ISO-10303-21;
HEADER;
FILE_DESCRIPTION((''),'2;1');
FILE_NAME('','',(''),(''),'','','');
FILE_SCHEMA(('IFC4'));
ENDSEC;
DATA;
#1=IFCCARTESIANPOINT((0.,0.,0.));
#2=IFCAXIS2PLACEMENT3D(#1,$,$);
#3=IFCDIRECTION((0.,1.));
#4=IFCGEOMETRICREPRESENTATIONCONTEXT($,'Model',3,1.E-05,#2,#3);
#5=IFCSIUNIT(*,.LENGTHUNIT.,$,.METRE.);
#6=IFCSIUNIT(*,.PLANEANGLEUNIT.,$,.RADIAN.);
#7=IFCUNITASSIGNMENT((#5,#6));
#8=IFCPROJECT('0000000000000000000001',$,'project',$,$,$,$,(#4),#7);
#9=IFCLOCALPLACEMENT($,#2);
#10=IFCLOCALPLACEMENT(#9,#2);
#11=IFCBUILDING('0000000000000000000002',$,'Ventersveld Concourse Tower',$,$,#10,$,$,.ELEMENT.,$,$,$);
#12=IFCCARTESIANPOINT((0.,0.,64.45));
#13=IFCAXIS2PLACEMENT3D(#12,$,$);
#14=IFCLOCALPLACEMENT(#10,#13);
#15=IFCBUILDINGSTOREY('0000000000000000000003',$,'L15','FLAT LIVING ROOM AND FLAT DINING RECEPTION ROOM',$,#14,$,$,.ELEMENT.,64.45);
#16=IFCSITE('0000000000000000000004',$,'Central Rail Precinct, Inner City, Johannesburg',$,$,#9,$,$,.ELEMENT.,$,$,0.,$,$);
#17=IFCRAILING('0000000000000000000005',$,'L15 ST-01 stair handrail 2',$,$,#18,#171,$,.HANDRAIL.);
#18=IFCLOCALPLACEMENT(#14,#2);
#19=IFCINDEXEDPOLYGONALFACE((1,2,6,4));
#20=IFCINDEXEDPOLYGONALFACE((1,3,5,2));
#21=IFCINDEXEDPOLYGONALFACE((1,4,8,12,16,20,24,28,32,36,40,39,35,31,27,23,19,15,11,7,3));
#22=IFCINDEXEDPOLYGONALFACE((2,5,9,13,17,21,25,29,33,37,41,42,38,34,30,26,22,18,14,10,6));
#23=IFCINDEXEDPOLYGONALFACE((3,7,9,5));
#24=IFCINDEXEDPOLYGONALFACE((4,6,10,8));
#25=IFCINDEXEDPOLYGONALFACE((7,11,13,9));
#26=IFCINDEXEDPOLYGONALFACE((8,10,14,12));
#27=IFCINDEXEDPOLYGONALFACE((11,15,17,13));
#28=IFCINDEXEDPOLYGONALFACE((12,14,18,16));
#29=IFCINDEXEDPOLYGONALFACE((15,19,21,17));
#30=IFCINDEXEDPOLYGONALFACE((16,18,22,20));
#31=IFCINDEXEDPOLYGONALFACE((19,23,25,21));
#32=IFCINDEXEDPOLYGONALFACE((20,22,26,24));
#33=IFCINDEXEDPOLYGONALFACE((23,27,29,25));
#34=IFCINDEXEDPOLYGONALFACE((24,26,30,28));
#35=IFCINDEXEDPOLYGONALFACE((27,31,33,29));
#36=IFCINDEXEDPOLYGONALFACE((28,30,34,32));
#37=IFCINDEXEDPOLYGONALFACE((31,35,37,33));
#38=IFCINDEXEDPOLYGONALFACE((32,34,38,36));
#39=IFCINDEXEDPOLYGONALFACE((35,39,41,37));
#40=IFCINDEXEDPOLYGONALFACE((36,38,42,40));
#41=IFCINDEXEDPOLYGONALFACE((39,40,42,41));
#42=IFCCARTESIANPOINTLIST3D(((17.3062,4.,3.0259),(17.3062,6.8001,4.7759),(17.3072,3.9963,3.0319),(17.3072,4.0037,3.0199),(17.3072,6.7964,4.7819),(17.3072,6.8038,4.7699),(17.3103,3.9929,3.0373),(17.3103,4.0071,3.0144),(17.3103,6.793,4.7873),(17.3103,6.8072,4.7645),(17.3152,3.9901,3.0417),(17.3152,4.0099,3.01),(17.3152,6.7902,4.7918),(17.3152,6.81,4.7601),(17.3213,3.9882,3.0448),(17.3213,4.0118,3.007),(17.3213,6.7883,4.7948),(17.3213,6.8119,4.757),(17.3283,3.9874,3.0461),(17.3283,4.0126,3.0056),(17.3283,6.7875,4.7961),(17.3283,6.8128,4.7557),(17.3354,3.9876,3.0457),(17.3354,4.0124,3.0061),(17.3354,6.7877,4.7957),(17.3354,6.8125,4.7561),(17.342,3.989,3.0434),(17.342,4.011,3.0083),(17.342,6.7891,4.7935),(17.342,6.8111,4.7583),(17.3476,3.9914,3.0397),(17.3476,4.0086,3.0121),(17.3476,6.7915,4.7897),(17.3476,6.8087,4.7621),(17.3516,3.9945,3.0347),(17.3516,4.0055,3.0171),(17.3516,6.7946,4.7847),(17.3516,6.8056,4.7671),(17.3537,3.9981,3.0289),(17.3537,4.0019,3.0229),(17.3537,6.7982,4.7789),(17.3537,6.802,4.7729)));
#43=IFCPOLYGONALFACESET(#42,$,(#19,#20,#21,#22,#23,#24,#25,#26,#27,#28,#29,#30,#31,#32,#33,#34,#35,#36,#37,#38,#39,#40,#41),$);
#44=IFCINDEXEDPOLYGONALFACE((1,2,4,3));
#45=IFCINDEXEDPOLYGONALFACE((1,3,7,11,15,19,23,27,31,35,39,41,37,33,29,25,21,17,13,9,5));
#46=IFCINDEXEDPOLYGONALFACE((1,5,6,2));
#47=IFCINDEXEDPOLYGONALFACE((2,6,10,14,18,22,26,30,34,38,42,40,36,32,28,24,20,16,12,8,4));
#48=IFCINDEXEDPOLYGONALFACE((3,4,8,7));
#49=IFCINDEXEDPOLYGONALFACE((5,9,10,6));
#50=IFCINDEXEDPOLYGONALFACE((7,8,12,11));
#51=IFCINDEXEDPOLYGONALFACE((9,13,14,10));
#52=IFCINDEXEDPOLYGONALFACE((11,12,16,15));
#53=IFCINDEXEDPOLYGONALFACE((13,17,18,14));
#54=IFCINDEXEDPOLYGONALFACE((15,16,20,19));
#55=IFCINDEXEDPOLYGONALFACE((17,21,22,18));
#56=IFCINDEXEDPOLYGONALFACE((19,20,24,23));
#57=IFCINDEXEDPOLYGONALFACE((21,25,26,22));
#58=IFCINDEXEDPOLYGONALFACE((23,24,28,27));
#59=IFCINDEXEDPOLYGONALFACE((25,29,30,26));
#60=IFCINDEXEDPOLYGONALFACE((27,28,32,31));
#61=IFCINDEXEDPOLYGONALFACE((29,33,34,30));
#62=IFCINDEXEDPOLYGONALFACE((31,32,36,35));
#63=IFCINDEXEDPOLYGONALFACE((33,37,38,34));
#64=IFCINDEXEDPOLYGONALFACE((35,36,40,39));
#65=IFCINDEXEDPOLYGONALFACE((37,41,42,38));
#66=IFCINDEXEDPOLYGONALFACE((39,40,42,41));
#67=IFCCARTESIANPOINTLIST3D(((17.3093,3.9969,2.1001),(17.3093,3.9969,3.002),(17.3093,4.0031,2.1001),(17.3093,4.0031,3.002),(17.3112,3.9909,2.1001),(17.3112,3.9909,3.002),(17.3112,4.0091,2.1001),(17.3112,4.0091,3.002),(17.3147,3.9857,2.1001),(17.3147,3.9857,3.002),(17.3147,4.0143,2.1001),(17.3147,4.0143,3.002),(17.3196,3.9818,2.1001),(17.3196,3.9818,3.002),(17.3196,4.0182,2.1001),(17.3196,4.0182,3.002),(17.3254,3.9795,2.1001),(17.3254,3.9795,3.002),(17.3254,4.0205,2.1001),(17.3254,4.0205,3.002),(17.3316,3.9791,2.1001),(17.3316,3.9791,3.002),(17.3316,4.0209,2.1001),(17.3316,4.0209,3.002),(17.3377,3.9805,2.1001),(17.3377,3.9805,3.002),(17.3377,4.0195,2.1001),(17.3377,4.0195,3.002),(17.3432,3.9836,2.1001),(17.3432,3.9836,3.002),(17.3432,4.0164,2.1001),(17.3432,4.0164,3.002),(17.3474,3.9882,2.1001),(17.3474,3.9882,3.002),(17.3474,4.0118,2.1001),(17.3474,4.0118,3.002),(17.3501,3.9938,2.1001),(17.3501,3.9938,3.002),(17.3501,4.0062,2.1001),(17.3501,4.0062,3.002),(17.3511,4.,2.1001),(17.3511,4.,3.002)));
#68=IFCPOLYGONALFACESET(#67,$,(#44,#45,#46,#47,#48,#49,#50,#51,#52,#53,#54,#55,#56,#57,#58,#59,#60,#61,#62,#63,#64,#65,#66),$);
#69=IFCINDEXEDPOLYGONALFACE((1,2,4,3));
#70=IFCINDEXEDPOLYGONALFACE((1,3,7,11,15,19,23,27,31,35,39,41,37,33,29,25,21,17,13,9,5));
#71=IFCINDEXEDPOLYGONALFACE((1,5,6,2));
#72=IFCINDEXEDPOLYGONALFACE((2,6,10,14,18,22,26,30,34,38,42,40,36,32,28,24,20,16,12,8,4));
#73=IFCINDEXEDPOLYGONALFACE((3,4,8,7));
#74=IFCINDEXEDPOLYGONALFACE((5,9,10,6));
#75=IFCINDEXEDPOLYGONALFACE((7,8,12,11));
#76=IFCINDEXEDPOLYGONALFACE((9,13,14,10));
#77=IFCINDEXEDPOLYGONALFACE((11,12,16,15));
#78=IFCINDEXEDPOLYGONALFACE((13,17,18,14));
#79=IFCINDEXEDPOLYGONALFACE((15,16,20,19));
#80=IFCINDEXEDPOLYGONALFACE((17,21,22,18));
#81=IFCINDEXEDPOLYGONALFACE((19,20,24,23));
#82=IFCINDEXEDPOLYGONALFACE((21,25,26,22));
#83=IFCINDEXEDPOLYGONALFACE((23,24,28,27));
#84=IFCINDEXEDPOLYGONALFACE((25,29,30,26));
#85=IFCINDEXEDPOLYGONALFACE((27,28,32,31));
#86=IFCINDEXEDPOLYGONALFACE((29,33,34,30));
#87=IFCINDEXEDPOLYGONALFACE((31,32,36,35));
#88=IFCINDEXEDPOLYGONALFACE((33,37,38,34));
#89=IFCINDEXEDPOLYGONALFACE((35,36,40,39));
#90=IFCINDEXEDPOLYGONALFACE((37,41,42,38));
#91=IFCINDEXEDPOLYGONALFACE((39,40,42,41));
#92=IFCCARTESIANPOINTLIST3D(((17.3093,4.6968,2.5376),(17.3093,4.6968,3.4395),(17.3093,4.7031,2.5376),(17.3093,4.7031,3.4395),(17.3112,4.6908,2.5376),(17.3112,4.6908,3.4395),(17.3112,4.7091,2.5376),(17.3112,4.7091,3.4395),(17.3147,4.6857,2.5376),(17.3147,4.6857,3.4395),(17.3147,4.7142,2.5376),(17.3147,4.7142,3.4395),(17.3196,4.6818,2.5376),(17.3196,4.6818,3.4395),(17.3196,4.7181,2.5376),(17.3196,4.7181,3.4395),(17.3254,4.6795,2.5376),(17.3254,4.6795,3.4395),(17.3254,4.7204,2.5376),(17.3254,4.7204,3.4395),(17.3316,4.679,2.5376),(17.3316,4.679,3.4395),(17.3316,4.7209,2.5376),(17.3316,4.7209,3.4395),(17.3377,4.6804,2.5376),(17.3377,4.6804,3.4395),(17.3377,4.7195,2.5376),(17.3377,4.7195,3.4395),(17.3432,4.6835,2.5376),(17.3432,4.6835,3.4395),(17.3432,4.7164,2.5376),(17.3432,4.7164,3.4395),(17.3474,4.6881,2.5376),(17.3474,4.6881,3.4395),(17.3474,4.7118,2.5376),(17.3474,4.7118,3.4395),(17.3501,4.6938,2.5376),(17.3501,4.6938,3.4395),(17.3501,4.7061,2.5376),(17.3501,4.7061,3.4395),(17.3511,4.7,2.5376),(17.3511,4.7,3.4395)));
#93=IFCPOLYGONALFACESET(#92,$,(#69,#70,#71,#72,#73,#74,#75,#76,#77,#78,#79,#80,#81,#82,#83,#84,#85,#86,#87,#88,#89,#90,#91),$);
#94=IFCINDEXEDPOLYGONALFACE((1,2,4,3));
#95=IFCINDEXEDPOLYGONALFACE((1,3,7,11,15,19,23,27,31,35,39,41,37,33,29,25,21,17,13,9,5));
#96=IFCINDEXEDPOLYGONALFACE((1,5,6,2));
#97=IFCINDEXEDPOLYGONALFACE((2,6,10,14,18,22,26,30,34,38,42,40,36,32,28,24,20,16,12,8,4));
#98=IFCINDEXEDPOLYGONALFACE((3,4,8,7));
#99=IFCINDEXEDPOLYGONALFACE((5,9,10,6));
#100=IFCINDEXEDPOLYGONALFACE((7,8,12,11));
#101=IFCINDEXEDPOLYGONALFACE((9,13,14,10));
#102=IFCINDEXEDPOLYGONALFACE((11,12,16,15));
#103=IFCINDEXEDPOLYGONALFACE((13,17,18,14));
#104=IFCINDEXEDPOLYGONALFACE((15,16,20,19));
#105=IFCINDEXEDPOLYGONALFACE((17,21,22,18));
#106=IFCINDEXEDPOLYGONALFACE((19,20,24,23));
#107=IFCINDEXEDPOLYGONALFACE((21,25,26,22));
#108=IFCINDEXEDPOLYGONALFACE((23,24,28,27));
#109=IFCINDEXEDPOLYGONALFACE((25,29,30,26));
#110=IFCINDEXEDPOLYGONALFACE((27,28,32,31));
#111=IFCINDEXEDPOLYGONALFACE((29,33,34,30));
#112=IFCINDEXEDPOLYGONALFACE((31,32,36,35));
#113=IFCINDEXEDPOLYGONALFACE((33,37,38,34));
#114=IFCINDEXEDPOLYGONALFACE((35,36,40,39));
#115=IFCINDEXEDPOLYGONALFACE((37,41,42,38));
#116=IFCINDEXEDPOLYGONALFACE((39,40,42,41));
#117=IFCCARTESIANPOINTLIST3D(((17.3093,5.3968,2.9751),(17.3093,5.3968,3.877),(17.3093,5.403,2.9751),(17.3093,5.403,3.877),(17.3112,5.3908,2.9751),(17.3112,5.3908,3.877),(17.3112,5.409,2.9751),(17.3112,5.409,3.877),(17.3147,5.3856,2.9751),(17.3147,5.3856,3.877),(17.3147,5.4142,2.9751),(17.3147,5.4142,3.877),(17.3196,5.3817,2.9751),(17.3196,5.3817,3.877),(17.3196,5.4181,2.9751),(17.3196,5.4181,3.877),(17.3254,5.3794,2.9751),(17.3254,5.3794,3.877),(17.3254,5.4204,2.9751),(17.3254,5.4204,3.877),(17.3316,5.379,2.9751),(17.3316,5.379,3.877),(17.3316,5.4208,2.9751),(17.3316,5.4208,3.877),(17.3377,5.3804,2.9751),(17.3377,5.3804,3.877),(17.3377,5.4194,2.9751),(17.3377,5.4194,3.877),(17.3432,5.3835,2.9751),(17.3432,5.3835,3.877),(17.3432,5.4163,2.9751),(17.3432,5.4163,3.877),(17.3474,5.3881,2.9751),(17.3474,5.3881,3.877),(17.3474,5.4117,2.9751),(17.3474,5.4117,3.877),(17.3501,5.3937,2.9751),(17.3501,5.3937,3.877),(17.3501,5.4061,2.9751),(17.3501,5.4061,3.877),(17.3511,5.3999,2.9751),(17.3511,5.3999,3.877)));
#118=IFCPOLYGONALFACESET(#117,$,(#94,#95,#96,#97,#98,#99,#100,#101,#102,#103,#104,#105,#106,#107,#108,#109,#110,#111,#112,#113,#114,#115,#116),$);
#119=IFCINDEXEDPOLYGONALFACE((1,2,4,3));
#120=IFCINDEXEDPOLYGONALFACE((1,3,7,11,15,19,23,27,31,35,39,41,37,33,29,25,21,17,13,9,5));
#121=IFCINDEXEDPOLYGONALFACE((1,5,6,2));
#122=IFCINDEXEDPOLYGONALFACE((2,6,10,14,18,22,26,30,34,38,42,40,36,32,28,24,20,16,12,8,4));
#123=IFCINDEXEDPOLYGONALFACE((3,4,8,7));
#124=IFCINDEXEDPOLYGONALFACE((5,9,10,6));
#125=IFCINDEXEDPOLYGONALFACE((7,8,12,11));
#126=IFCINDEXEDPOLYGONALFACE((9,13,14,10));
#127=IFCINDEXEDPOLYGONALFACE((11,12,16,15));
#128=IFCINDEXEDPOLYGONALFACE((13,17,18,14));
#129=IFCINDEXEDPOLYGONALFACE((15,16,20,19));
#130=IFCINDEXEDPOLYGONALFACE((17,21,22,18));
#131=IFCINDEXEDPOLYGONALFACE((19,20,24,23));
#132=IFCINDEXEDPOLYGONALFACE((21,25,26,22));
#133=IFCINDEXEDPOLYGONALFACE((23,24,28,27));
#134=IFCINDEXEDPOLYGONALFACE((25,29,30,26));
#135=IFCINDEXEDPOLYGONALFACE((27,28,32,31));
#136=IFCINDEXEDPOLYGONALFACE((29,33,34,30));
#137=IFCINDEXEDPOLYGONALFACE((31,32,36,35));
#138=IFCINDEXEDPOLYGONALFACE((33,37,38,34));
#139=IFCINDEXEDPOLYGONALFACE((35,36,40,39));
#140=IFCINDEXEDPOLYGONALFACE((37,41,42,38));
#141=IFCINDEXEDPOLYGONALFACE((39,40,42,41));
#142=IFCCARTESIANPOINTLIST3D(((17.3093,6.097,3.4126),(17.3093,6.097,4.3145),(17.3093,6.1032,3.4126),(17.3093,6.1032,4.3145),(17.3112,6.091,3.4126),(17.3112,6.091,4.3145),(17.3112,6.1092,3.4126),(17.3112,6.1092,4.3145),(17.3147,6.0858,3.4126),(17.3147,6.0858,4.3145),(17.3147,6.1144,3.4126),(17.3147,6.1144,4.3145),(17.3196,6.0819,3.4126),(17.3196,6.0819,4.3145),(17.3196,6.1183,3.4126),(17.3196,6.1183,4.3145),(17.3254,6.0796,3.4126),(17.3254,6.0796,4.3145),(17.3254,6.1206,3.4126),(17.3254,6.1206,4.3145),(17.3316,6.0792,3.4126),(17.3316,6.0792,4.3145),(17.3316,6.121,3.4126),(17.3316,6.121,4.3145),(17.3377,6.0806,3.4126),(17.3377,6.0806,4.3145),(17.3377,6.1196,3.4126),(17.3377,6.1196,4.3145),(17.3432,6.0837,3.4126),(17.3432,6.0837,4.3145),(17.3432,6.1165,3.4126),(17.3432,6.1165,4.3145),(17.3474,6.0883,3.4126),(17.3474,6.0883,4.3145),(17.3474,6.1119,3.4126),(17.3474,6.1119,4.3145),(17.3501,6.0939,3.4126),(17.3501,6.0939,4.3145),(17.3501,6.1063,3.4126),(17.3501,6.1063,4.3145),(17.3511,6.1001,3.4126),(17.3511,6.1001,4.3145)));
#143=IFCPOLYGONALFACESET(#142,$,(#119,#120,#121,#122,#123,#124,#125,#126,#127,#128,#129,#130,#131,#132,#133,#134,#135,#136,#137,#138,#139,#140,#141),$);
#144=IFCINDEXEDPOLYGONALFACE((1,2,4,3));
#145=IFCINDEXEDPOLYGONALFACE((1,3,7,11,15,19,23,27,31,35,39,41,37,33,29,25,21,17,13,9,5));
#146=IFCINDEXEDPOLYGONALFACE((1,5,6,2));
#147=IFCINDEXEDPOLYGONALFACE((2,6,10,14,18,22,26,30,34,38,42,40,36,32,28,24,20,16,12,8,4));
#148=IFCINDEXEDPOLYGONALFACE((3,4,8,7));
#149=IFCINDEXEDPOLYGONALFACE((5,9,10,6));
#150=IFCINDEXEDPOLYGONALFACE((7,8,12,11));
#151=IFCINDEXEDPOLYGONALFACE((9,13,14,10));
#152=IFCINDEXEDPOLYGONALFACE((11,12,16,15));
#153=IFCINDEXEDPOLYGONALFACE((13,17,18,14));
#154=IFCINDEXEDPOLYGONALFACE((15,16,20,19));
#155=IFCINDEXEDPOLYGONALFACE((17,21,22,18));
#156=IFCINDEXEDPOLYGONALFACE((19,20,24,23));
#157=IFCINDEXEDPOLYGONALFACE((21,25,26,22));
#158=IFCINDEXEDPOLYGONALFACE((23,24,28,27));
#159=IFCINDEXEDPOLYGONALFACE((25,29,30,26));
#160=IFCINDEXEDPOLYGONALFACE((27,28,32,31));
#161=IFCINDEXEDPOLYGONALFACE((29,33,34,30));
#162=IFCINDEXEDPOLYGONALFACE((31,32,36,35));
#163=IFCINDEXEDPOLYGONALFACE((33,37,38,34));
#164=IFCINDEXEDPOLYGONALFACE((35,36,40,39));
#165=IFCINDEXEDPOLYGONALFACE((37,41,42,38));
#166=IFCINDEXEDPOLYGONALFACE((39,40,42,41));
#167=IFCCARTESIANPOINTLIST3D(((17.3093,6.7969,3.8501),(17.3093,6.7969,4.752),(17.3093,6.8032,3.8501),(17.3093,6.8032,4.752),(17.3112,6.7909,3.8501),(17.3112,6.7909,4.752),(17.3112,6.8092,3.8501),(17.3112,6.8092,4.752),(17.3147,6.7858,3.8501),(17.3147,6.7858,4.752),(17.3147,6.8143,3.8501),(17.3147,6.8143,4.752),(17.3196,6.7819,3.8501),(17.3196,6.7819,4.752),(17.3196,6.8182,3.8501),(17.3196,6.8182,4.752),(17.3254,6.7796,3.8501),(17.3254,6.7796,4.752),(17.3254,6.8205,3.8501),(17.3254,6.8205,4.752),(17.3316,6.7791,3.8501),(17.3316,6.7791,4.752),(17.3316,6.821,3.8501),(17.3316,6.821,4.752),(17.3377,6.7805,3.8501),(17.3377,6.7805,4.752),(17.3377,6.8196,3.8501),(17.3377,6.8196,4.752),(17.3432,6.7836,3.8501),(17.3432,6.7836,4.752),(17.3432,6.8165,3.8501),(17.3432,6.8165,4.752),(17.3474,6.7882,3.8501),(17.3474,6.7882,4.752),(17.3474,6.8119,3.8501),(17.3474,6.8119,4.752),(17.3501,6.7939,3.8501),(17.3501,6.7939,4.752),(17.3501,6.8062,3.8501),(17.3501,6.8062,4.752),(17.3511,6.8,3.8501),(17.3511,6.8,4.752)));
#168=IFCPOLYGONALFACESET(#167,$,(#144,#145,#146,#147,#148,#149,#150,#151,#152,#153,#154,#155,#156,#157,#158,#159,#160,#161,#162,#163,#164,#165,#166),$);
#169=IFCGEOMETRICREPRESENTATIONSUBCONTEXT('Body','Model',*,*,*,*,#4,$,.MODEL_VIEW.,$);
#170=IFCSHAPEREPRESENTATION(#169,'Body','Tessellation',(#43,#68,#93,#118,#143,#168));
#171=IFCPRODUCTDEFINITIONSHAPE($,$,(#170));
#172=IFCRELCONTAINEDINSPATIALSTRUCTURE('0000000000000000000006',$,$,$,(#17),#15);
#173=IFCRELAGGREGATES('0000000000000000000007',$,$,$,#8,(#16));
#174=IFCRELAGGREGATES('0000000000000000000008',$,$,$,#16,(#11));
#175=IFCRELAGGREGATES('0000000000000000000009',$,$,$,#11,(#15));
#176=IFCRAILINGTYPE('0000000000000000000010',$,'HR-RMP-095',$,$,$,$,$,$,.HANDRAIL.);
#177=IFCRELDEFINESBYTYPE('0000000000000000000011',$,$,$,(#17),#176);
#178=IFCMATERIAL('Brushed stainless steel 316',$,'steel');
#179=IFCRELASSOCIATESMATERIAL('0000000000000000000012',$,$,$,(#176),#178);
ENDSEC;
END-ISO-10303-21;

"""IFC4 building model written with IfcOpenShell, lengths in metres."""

from ifc_helpers import new_model, si_unit, direction, frame, origin, origin_2d, place, context, subcontext, project, spatial, circle, extrude, material, type_object, element, save


model = new_model("IFC4")

# Units and contexts
model_context = context("Model", 3, precision=1e-05, world=origin(), true_north=direction((0.0, 1.0)))
body_context = subcontext(model_context, "Body", "Model", "MODEL_VIEW")
ifc_project = project(units=[si_unit("LENGTHUNIT", "METRE"), si_unit("PLANEANGLEUNIT", "RADIAN")], contexts=[model_context])

# Site, building, storey
site_placement = place(None, origin())
site = spatial("IfcSite", under=ifc_project, at=site_placement, Name="Central Rail Precinct, Inner City, Johannesburg", CompositionType="ELEMENT", RefElevation=0.0)
building_placement = place(site_placement, origin())
building = spatial("IfcBuilding", under=site, at=building_placement, Name="Ventersveld Concourse Tower", CompositionType="ELEMENT")
storey_placement = place(building_placement, frame((0.0, 0.0, 64.45)))
storey = spatial("IfcBuildingStorey", under=building, at=storey_placement, Name="L15", Description="FLAT LIVING ROOM AND FLAT DINING RECEPTION ROOM", CompositionType="ELEMENT", Elevation=64.45)

# Shared definitions
ifc_material_1 = material(Name="Brushed stainless steel 316", Category="steel")

# Railing
railing_type_1 = type_object("IfcRailingType", Name="HR-RMP-095", PredefinedType="HANDRAIL", material=ifc_material_1)
railing_1_placement = place(storey_placement, frame((17.3301, 4.0, 2.1001)))
element("IfcRailing", 1, at=railing_1_placement, inside=storey, type_object=railing_type_1, Name="L15 ST-01 stair handrail 2", PredefinedType="HANDRAIL", context=body_context, shape_type="SweptSolid", body=[
    extrude(circle(Radius=0.0239, at=origin_2d()), frame((0.0, 0.0, 0.9258), z_axis=(0.0, 0.848002, 0.529992), x_axis=(-1.0, 0.0, 0.0)), (0.0, 0.0, 1.0), 3.302),
    extrude(circle(Radius=0.021, at=origin_2d()), origin(), (0.0, 0.0, 1.0), 0.9019),
    extrude(circle(Radius=0.021, at=origin_2d()), frame((0.0, 0.7, 0.4375)), (0.0, 0.0, 1.0), 0.9019),
    extrude(circle(Radius=0.021, at=origin_2d()), frame((0.0, 1.3999, 0.875)), (0.0, 0.0, 1.0), 0.9019),
    extrude(circle(Radius=0.021, at=origin_2d()), frame((0.0, 2.1001, 1.3125)), (0.0, 0.0, 1.0), 0.9019),
    extrude(circle(Radius=0.021, at=origin_2d()), frame((0.0, 2.8, 1.75)), (0.0, 0.0, 1.0), 0.9019),
])

save(model, "model.ifc")
